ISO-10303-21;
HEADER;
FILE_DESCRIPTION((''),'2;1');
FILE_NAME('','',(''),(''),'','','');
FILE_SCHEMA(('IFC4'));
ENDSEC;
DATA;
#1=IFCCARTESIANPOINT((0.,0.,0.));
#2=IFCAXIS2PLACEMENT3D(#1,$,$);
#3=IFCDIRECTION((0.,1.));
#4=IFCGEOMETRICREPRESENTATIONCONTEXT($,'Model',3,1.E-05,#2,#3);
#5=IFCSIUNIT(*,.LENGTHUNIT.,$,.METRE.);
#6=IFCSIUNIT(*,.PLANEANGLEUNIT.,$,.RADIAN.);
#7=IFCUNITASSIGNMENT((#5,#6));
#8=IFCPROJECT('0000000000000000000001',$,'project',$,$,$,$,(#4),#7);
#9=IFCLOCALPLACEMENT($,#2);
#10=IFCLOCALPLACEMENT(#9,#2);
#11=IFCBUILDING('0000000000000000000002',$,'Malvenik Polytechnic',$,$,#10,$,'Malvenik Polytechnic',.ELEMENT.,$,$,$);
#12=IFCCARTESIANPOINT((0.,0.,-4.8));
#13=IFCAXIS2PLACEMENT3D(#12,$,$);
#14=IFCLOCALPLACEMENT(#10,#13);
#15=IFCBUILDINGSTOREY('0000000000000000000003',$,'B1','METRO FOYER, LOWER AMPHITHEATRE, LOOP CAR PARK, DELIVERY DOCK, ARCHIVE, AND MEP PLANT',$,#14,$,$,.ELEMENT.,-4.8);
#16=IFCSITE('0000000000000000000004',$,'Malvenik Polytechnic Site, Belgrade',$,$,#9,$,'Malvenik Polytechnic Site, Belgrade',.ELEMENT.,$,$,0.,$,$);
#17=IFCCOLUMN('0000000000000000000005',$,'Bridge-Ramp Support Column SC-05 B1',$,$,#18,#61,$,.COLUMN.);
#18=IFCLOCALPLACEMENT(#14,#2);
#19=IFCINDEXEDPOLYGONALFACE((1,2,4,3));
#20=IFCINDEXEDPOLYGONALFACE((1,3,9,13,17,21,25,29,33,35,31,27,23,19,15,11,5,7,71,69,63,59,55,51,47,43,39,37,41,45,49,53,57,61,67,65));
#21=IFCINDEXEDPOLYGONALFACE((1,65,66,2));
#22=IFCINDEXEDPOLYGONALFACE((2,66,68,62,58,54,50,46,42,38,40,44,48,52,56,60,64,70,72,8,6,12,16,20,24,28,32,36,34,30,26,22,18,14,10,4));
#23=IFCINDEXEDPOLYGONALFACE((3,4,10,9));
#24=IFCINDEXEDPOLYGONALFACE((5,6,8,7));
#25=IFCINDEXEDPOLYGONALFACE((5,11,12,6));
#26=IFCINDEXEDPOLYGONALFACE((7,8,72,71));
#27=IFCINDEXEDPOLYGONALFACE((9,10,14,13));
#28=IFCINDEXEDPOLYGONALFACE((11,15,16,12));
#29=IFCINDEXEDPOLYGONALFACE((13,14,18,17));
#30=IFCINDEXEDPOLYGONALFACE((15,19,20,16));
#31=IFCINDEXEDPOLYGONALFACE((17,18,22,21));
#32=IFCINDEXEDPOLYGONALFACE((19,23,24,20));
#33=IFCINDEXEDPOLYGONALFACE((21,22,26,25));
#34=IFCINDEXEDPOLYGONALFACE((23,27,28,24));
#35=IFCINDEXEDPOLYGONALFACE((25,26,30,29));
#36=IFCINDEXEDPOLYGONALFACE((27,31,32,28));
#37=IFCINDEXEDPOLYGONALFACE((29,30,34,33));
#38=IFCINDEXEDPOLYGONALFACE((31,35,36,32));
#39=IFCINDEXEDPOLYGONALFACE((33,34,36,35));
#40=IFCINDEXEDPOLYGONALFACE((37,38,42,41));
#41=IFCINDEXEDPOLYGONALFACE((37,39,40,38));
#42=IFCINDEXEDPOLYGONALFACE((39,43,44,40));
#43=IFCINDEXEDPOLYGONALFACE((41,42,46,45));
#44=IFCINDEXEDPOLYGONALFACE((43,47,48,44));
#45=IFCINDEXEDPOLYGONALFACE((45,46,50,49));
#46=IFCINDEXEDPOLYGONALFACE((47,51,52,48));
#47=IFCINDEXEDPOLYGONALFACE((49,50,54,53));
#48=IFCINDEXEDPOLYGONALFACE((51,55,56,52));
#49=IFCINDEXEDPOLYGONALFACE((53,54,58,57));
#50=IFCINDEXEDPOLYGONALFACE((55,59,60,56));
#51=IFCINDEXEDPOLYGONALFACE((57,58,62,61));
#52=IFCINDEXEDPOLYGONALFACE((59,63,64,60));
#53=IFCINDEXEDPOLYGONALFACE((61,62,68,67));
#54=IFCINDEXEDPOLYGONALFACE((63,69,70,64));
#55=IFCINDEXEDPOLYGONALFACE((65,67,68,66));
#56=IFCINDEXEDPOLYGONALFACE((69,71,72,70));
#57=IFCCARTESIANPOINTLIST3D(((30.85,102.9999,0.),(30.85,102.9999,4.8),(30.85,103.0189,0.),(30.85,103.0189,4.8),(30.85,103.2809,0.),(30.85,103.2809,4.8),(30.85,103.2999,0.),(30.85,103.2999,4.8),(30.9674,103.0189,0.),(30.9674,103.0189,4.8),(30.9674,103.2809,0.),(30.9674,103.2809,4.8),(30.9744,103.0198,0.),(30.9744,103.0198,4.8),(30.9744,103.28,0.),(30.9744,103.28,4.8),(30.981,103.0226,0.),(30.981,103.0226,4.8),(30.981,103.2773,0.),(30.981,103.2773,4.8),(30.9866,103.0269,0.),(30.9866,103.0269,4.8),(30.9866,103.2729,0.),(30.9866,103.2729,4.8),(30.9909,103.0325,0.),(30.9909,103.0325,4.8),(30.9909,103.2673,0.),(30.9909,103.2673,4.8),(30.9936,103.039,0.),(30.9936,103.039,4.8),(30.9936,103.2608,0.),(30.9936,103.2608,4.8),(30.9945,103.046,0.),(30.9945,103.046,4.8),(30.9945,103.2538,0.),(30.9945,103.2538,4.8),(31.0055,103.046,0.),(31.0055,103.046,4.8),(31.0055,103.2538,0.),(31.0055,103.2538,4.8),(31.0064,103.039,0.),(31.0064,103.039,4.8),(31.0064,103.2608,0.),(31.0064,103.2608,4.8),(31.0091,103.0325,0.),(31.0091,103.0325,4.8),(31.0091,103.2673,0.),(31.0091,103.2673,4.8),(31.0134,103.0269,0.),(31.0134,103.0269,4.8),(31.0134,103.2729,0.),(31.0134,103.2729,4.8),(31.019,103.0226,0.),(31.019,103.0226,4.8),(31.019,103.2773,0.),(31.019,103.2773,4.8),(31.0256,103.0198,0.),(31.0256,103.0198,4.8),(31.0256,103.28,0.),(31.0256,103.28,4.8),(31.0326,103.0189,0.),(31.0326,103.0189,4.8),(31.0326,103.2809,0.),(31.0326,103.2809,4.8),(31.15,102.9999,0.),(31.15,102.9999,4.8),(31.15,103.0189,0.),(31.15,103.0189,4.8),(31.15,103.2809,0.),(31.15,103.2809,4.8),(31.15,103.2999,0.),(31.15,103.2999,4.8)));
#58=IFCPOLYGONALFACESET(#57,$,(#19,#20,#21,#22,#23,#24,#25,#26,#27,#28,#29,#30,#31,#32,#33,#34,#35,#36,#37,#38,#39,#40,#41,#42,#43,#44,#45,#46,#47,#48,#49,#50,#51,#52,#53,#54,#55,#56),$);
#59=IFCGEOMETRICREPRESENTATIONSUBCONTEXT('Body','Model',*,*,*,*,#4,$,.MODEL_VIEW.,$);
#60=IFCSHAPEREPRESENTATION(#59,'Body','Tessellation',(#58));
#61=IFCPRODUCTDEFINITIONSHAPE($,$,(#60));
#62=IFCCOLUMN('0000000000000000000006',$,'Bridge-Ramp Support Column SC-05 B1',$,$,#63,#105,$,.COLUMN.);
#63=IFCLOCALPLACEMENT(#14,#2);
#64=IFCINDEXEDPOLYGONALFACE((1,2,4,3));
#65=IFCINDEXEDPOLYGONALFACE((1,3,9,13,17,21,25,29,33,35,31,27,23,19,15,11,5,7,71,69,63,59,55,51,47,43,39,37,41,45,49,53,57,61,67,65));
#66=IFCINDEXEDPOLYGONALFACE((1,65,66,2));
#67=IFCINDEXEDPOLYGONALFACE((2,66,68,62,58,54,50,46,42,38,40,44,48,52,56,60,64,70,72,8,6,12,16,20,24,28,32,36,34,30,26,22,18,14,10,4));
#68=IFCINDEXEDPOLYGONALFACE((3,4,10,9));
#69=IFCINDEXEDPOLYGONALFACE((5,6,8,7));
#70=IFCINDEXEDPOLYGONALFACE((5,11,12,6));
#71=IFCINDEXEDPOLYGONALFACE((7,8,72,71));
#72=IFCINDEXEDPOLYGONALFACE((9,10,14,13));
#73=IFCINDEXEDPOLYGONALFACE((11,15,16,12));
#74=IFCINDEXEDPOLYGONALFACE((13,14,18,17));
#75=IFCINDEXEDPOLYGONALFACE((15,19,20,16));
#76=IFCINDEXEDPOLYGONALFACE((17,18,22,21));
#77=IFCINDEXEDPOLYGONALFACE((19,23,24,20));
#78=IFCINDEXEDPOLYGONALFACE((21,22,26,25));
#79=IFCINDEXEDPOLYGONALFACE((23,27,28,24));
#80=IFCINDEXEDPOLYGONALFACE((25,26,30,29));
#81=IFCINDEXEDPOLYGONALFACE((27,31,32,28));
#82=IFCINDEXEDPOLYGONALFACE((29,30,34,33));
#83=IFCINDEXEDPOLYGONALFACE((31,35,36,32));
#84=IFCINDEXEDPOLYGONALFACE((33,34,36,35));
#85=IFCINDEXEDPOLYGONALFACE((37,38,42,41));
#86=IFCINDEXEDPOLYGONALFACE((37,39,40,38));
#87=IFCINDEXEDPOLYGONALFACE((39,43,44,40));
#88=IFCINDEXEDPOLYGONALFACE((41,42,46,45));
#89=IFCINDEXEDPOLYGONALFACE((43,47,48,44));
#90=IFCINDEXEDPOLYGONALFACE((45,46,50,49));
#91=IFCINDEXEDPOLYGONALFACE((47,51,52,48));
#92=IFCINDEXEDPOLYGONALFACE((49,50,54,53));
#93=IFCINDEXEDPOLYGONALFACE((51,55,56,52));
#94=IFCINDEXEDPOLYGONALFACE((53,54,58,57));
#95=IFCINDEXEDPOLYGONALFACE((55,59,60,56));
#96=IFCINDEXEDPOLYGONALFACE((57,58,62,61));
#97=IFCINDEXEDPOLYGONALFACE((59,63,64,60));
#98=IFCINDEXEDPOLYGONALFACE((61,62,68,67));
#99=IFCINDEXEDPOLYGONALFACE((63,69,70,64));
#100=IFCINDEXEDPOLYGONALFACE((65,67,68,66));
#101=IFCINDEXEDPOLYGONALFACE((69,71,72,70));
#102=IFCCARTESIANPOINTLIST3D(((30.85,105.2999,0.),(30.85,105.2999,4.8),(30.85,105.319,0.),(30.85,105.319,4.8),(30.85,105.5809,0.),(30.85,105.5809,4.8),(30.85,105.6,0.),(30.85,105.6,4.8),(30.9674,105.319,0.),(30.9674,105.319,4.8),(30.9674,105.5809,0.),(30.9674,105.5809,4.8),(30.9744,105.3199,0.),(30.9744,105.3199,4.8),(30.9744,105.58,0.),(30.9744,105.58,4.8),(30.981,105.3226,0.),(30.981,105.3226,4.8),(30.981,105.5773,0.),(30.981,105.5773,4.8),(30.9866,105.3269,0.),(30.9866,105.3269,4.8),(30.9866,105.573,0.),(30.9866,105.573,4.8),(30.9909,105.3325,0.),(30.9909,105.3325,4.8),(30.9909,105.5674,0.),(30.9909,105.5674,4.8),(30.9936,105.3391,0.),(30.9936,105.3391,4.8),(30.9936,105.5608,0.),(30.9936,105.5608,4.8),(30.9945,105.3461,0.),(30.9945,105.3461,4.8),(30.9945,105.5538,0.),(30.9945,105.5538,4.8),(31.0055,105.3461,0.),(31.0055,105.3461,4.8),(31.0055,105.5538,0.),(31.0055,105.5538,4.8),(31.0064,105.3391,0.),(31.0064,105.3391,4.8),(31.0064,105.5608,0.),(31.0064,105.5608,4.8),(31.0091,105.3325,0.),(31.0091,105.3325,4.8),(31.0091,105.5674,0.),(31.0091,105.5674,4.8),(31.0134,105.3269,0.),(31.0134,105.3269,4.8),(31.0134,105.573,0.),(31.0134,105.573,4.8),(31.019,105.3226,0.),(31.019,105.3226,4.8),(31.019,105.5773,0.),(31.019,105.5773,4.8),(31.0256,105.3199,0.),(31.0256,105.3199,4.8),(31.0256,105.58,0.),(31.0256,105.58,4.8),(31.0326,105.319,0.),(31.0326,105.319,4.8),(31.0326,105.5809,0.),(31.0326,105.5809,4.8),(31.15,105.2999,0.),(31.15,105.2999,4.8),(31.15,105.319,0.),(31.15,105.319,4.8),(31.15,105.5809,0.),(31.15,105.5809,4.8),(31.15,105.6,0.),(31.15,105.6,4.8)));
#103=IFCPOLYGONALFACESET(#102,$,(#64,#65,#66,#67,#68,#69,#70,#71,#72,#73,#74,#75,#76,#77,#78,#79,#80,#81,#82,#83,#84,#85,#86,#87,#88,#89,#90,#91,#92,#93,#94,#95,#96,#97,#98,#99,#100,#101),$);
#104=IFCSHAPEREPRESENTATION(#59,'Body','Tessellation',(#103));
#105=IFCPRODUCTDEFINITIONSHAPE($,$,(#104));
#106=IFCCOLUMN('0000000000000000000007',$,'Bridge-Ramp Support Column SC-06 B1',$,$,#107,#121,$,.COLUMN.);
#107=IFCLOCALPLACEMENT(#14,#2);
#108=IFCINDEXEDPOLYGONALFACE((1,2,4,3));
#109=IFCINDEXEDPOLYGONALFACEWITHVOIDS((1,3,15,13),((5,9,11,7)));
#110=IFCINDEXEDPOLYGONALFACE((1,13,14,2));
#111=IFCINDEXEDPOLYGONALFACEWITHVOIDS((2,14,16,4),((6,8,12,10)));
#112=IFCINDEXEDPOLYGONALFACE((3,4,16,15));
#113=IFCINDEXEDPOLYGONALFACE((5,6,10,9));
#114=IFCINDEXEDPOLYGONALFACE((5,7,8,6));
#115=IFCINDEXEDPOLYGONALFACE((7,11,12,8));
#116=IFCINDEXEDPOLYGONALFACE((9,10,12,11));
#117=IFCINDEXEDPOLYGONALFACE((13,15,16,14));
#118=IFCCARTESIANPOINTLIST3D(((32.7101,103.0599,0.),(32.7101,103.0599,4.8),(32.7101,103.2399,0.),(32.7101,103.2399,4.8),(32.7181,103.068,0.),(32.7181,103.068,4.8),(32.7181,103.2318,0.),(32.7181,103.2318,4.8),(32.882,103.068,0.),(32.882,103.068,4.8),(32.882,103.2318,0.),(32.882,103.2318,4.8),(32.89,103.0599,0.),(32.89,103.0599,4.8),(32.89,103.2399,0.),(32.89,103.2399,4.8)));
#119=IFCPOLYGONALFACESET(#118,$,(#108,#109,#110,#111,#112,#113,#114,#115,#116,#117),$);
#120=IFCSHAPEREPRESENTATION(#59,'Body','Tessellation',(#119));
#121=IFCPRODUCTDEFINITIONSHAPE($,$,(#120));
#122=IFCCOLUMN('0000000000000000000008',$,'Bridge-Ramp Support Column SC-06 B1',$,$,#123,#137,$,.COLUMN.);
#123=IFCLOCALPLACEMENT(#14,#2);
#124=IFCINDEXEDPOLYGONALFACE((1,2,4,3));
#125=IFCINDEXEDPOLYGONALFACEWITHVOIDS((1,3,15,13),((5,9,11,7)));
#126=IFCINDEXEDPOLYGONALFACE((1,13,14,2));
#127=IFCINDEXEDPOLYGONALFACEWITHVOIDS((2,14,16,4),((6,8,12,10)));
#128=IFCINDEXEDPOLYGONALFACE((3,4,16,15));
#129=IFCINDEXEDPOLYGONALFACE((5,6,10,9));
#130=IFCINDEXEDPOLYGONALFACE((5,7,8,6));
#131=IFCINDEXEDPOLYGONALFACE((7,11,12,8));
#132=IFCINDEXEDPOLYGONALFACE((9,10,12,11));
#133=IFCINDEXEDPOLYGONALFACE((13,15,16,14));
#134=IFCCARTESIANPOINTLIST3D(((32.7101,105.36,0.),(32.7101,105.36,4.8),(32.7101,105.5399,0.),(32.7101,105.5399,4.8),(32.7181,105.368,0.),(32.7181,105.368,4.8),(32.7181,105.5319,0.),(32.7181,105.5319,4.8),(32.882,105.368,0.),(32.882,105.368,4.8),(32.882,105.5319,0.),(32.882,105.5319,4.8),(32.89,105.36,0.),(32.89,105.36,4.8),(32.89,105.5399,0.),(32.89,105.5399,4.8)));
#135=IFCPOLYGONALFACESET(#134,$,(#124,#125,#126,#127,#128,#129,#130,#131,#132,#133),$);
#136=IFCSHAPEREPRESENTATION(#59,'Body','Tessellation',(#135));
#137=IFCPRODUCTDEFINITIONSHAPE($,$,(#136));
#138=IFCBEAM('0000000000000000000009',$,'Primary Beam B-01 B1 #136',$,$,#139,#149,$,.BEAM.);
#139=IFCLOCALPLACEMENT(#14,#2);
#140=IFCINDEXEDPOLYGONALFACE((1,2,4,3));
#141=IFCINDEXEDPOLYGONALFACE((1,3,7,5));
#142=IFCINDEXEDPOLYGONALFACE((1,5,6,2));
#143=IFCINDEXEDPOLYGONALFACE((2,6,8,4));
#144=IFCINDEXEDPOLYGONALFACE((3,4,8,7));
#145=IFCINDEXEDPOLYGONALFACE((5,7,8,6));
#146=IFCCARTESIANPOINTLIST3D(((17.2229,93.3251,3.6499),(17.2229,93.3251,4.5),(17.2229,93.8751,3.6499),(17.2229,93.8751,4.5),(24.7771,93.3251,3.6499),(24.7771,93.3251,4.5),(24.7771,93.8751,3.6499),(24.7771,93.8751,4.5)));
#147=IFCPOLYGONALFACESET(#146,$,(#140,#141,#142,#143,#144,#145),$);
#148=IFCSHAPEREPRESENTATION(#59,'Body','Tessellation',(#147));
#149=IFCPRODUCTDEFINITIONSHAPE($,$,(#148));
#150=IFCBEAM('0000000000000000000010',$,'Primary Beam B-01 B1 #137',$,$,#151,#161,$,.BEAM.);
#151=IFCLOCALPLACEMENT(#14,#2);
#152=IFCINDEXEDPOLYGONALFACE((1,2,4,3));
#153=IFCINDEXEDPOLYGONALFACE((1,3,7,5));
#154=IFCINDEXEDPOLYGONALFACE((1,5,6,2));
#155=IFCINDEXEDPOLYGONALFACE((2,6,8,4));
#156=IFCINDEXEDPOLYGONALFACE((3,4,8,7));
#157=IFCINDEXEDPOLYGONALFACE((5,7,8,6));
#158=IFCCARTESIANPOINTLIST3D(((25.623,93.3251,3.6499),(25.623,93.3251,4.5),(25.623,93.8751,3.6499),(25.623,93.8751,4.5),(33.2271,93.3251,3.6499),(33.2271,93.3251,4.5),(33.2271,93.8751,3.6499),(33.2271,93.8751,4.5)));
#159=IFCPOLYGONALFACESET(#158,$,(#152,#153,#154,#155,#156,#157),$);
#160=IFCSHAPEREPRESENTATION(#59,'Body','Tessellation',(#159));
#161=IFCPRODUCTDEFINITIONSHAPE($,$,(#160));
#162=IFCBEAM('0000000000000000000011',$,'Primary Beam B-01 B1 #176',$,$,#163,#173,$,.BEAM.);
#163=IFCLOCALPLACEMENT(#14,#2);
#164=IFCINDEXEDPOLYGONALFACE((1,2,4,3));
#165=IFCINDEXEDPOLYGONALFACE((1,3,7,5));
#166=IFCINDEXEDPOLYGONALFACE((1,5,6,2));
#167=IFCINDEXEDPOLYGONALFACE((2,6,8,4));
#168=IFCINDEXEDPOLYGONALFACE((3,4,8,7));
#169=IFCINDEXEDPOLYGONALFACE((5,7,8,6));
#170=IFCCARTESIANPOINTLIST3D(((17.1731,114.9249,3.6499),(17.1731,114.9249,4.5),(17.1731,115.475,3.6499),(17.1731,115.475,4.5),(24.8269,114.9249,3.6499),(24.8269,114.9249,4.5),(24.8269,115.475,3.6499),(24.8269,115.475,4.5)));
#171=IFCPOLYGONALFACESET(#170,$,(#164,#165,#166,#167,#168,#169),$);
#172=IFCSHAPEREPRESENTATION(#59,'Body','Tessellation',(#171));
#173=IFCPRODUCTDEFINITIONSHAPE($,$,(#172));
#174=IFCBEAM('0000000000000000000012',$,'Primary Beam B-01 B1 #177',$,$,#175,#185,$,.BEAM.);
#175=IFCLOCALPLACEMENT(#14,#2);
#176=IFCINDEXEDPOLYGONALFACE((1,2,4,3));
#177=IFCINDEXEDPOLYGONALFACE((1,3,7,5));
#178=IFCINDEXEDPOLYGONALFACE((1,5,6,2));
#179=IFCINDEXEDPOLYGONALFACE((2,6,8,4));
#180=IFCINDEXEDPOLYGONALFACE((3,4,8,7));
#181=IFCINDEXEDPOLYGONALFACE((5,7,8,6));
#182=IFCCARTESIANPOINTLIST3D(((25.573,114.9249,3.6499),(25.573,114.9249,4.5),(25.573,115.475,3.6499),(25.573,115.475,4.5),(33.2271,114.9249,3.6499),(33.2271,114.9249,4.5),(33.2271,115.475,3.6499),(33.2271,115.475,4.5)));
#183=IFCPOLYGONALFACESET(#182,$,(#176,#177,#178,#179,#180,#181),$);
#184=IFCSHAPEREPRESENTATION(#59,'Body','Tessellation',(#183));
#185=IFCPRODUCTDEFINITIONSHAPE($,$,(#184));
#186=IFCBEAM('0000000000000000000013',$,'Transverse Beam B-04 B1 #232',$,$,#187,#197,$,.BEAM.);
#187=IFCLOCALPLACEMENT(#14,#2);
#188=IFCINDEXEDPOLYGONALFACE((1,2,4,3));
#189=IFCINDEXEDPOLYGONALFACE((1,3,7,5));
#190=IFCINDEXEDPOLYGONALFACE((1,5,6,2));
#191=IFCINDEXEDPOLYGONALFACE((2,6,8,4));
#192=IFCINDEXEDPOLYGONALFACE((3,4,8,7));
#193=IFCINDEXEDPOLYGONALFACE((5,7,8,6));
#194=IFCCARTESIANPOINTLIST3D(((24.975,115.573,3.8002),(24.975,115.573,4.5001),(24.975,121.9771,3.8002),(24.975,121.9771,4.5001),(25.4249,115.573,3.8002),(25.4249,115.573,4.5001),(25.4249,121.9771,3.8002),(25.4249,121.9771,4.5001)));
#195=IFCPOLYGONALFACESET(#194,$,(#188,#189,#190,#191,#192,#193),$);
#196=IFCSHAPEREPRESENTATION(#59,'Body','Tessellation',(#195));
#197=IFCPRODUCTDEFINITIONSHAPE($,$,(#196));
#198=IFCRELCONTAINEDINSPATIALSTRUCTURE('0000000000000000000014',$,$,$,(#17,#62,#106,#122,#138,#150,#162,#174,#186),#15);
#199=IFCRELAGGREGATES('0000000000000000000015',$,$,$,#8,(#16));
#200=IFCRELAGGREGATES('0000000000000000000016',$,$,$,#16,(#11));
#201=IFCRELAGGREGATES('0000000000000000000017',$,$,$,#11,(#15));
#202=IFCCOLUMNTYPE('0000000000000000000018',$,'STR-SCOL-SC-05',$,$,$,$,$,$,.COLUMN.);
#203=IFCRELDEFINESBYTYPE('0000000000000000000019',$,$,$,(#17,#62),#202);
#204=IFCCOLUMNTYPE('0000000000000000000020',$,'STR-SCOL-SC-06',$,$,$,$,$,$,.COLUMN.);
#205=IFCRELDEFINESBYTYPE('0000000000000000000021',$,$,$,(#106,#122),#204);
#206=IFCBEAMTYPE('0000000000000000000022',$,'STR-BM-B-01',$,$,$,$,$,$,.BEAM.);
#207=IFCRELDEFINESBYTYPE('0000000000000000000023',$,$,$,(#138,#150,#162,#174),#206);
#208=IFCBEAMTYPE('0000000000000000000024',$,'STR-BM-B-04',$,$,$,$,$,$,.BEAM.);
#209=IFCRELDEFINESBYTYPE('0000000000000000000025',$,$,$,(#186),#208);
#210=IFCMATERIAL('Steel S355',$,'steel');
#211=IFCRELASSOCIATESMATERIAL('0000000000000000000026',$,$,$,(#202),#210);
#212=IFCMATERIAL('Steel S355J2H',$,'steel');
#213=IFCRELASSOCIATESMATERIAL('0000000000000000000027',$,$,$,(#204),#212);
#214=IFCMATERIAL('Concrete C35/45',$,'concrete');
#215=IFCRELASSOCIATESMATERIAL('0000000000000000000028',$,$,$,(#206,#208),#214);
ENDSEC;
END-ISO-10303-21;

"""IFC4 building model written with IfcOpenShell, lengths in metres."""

from ifc_helpers import new_model, si_unit, direction, frame, origin, origin_2d, place, context, subcontext, project, spatial, rectangle, hollow_rectangle, i_section, extrude, material, material_profile, profile_set, type_object, element, save


model = new_model("IFC4")

# Units and contexts
model_context = context("Model", 3, precision=1e-05, world=origin(), true_north=direction((0.0, 1.0)))
body_context = subcontext(model_context, "Body", "Model", "MODEL_VIEW")
ifc_project = project(units=[si_unit("LENGTHUNIT", "METRE"), si_unit("PLANEANGLEUNIT", "RADIAN")], contexts=[model_context])

# Site, building, storey
site_placement = place(None, origin())
site = spatial("IfcSite", under=ifc_project, at=site_placement, Name="Malvenik Polytechnic Site, Belgrade", LongName="Malvenik Polytechnic Site, Belgrade", CompositionType="ELEMENT", RefElevation=0.0)
building_placement = place(site_placement, origin())
building = spatial("IfcBuilding", under=site, at=building_placement, Name="Malvenik Polytechnic", LongName="Malvenik Polytechnic", CompositionType="ELEMENT")
storey_placement = place(building_placement, frame((0.0, 0.0, -4.8)))
storey = spatial("IfcBuildingStorey", under=building, at=storey_placement, Name="B1", Description="METRO FOYER, LOWER AMPHITHEATRE, LOOP CAR PARK, DELIVERY DOCK, ARCHIVE, AND MEP PLANT", CompositionType="ELEMENT", Elevation=-4.8)

# Shared definitions
ifc_material_1 = material(Name="Concrete C35/45", Category="concrete")

# Columns
ifc_material_2 = material(Name="Steel S355J2H", Category="steel")
ifc_material_3 = material(Name="Steel S355", Category="steel")
ifc_material_profile_1 = material_profile(ifc_material_3, i_section(OverallWidth=0.3, OverallDepth=0.3, WebThickness=0.011, FlangeThickness=0.019, FilletRadius=0.0271, at=origin_2d()), Name="HEB 300")
ifc_profile_set_1 = profile_set([ifc_material_profile_1], Name="Steel S355")
column_type_1 = type_object("IfcColumnType", Name="STR-SCOL-SC-05", PredefinedType="COLUMN", material=ifc_profile_set_1)
for number, where, z_axis, x_axis, name in (
    (1, (31.0, 103.1499, 0.0), (0.0, 0.0, 1.0), (1.0, 0.0, 0.0), "Bridge-Ramp Support Column SC-05 B1"),
    (2, (31.0, 105.45, 0.0), (0.0, 0.0, 1.0), (1.0, 0.0, 0.0), "Bridge-Ramp Support Column SC-05 B1"),
):
    element("IfcColumn", number, at=place(storey_placement, frame(where, z_axis=z_axis, x_axis=x_axis)), inside=storey, type_object=column_type_1, Name=name, PredefinedType="COLUMN", context=body_context, shape_type="SweptSolid", body=[
        extrude(i_section(OverallWidth=0.3, OverallDepth=0.3, WebThickness=0.011, FlangeThickness=0.019, FilletRadius=0.0271, at=origin_2d()), origin(), (0.0, 0.0, 1.0), 4.8),
    ])
ifc_material_profile_2 = material_profile(ifc_material_2, hollow_rectangle(XDim=0.1799, YDim=0.1799, WallThickness=0.0081, at=origin_2d()), Name="SHS 180x180x8.0")
ifc_profile_set_2 = profile_set([ifc_material_profile_2], Name="Steel S355J2H")
column_type_2 = type_object("IfcColumnType", Name="STR-SCOL-SC-06", PredefinedType="COLUMN", material=ifc_profile_set_2)
for number, where, z_axis, x_axis, name in (
    (3, (32.8, 103.1499, 0.0), (0.0, 0.0, 1.0), (1.0, 0.0, 0.0), "Bridge-Ramp Support Column SC-06 B1"),
    (4, (32.8, 105.45, 0.0), (0.0, 0.0, 1.0), (1.0, 0.0, 0.0), "Bridge-Ramp Support Column SC-06 B1"),
):
    element("IfcColumn", number, at=place(storey_placement, frame(where, z_axis=z_axis, x_axis=x_axis)), inside=storey, type_object=column_type_2, Name=name, PredefinedType="COLUMN", context=body_context, shape_type="SweptSolid", body=[
        extrude(hollow_rectangle(XDim=0.1799, YDim=0.1799, WallThickness=0.0081, at=origin_2d()), origin(), (0.0, 0.0, 1.0), 4.8),
    ])

# Beams
ifc_material_profile_3 = material_profile(ifc_material_1, rectangle(XDim=0.55, YDim=0.8501, at=origin_2d()), Name="RC BM 550x850")
ifc_profile_set_3 = profile_set([ifc_material_profile_3], Name="Concrete C35/45")
beam_type_1 = type_object("IfcBeamType", Name="STR-BM-B-01", PredefinedType="BEAM", material=ifc_profile_set_3)
beam_1_placement = place(storey_placement, frame((17.2229, 93.6001, 4.075), z_axis=(1.0, 0.0, 0.0), x_axis=(0.0, 1.0, 0.0)))
element("IfcBeam", 5, at=beam_1_placement, inside=storey, type_object=beam_type_1, Name="Primary Beam B-01 B1 #136", PredefinedType="BEAM", context=body_context, shape_type="SweptSolid", body=[
    extrude(rectangle(XDim=0.55, YDim=0.8501, at=origin_2d()), origin(), (0.0, 0.0, 1.0), 7.5542),
])
beam_2_placement = place(storey_placement, frame((25.623, 93.6001, 4.075), z_axis=(1.0, 0.0, 0.0), x_axis=(0.0, 1.0, 0.0)))
element("IfcBeam", 6, at=beam_2_placement, inside=storey, type_object=beam_type_1, Name="Primary Beam B-01 B1 #137", PredefinedType="BEAM", context=body_context, shape_type="SweptSolid", body=[
    extrude(rectangle(XDim=0.55, YDim=0.8501, at=origin_2d()), origin(), (0.0, 0.0, 1.0), 7.604),
])
beam_3_placement = place(storey_placement, frame((17.1731, 115.2, 4.075), z_axis=(1.0, 0.0, 0.0), x_axis=(0.0, 1.0, 0.0)))
element("IfcBeam", 7, at=beam_3_placement, inside=storey, type_object=beam_type_1, Name="Primary Beam B-01 B1 #176", PredefinedType="BEAM", context=body_context, shape_type="SweptSolid", body=[
    extrude(rectangle(XDim=0.55, YDim=0.8501, at=origin_2d()), origin(), (0.0, 0.0, 1.0), 7.6538),
])
beam_4_placement = place(storey_placement, frame((25.573, 115.2, 4.075), z_axis=(1.0, 0.0, 0.0), x_axis=(0.0, 1.0, 0.0)))
element("IfcBeam", 8, at=beam_4_placement, inside=storey, type_object=beam_type_1, Name="Primary Beam B-01 B1 #177", PredefinedType="BEAM", context=body_context, shape_type="SweptSolid", body=[
    extrude(rectangle(XDim=0.55, YDim=0.8501, at=origin_2d()), origin(), (0.0, 0.0, 1.0), 7.6541),
])
ifc_material_profile_4 = material_profile(ifc_material_1, rectangle(XDim=0.45, YDim=0.7, at=origin_2d()), Name="RC BM 450x700")
ifc_profile_set_4 = profile_set([ifc_material_profile_4], Name="Concrete C35/45")
beam_type_2 = type_object("IfcBeamType", Name="STR-BM-B-04", PredefinedType="BEAM", material=ifc_profile_set_4)
beam_5_placement = place(storey_placement, frame((25.2, 115.573, 4.1501), z_axis=(0.0, 1.0, 0.0), x_axis=(-1.0, 0.0, 0.0)))
element("IfcBeam", 9, at=beam_5_placement, inside=storey, type_object=beam_type_2, Name="Transverse Beam B-04 B1 #232", PredefinedType="BEAM", context=body_context, shape_type="SweptSolid", body=[
    extrude(rectangle(XDim=0.45, YDim=0.7, at=origin_2d()), origin(), (0.0, 0.0, 1.0), 6.4041),
])

save(model, "model.ifc")
